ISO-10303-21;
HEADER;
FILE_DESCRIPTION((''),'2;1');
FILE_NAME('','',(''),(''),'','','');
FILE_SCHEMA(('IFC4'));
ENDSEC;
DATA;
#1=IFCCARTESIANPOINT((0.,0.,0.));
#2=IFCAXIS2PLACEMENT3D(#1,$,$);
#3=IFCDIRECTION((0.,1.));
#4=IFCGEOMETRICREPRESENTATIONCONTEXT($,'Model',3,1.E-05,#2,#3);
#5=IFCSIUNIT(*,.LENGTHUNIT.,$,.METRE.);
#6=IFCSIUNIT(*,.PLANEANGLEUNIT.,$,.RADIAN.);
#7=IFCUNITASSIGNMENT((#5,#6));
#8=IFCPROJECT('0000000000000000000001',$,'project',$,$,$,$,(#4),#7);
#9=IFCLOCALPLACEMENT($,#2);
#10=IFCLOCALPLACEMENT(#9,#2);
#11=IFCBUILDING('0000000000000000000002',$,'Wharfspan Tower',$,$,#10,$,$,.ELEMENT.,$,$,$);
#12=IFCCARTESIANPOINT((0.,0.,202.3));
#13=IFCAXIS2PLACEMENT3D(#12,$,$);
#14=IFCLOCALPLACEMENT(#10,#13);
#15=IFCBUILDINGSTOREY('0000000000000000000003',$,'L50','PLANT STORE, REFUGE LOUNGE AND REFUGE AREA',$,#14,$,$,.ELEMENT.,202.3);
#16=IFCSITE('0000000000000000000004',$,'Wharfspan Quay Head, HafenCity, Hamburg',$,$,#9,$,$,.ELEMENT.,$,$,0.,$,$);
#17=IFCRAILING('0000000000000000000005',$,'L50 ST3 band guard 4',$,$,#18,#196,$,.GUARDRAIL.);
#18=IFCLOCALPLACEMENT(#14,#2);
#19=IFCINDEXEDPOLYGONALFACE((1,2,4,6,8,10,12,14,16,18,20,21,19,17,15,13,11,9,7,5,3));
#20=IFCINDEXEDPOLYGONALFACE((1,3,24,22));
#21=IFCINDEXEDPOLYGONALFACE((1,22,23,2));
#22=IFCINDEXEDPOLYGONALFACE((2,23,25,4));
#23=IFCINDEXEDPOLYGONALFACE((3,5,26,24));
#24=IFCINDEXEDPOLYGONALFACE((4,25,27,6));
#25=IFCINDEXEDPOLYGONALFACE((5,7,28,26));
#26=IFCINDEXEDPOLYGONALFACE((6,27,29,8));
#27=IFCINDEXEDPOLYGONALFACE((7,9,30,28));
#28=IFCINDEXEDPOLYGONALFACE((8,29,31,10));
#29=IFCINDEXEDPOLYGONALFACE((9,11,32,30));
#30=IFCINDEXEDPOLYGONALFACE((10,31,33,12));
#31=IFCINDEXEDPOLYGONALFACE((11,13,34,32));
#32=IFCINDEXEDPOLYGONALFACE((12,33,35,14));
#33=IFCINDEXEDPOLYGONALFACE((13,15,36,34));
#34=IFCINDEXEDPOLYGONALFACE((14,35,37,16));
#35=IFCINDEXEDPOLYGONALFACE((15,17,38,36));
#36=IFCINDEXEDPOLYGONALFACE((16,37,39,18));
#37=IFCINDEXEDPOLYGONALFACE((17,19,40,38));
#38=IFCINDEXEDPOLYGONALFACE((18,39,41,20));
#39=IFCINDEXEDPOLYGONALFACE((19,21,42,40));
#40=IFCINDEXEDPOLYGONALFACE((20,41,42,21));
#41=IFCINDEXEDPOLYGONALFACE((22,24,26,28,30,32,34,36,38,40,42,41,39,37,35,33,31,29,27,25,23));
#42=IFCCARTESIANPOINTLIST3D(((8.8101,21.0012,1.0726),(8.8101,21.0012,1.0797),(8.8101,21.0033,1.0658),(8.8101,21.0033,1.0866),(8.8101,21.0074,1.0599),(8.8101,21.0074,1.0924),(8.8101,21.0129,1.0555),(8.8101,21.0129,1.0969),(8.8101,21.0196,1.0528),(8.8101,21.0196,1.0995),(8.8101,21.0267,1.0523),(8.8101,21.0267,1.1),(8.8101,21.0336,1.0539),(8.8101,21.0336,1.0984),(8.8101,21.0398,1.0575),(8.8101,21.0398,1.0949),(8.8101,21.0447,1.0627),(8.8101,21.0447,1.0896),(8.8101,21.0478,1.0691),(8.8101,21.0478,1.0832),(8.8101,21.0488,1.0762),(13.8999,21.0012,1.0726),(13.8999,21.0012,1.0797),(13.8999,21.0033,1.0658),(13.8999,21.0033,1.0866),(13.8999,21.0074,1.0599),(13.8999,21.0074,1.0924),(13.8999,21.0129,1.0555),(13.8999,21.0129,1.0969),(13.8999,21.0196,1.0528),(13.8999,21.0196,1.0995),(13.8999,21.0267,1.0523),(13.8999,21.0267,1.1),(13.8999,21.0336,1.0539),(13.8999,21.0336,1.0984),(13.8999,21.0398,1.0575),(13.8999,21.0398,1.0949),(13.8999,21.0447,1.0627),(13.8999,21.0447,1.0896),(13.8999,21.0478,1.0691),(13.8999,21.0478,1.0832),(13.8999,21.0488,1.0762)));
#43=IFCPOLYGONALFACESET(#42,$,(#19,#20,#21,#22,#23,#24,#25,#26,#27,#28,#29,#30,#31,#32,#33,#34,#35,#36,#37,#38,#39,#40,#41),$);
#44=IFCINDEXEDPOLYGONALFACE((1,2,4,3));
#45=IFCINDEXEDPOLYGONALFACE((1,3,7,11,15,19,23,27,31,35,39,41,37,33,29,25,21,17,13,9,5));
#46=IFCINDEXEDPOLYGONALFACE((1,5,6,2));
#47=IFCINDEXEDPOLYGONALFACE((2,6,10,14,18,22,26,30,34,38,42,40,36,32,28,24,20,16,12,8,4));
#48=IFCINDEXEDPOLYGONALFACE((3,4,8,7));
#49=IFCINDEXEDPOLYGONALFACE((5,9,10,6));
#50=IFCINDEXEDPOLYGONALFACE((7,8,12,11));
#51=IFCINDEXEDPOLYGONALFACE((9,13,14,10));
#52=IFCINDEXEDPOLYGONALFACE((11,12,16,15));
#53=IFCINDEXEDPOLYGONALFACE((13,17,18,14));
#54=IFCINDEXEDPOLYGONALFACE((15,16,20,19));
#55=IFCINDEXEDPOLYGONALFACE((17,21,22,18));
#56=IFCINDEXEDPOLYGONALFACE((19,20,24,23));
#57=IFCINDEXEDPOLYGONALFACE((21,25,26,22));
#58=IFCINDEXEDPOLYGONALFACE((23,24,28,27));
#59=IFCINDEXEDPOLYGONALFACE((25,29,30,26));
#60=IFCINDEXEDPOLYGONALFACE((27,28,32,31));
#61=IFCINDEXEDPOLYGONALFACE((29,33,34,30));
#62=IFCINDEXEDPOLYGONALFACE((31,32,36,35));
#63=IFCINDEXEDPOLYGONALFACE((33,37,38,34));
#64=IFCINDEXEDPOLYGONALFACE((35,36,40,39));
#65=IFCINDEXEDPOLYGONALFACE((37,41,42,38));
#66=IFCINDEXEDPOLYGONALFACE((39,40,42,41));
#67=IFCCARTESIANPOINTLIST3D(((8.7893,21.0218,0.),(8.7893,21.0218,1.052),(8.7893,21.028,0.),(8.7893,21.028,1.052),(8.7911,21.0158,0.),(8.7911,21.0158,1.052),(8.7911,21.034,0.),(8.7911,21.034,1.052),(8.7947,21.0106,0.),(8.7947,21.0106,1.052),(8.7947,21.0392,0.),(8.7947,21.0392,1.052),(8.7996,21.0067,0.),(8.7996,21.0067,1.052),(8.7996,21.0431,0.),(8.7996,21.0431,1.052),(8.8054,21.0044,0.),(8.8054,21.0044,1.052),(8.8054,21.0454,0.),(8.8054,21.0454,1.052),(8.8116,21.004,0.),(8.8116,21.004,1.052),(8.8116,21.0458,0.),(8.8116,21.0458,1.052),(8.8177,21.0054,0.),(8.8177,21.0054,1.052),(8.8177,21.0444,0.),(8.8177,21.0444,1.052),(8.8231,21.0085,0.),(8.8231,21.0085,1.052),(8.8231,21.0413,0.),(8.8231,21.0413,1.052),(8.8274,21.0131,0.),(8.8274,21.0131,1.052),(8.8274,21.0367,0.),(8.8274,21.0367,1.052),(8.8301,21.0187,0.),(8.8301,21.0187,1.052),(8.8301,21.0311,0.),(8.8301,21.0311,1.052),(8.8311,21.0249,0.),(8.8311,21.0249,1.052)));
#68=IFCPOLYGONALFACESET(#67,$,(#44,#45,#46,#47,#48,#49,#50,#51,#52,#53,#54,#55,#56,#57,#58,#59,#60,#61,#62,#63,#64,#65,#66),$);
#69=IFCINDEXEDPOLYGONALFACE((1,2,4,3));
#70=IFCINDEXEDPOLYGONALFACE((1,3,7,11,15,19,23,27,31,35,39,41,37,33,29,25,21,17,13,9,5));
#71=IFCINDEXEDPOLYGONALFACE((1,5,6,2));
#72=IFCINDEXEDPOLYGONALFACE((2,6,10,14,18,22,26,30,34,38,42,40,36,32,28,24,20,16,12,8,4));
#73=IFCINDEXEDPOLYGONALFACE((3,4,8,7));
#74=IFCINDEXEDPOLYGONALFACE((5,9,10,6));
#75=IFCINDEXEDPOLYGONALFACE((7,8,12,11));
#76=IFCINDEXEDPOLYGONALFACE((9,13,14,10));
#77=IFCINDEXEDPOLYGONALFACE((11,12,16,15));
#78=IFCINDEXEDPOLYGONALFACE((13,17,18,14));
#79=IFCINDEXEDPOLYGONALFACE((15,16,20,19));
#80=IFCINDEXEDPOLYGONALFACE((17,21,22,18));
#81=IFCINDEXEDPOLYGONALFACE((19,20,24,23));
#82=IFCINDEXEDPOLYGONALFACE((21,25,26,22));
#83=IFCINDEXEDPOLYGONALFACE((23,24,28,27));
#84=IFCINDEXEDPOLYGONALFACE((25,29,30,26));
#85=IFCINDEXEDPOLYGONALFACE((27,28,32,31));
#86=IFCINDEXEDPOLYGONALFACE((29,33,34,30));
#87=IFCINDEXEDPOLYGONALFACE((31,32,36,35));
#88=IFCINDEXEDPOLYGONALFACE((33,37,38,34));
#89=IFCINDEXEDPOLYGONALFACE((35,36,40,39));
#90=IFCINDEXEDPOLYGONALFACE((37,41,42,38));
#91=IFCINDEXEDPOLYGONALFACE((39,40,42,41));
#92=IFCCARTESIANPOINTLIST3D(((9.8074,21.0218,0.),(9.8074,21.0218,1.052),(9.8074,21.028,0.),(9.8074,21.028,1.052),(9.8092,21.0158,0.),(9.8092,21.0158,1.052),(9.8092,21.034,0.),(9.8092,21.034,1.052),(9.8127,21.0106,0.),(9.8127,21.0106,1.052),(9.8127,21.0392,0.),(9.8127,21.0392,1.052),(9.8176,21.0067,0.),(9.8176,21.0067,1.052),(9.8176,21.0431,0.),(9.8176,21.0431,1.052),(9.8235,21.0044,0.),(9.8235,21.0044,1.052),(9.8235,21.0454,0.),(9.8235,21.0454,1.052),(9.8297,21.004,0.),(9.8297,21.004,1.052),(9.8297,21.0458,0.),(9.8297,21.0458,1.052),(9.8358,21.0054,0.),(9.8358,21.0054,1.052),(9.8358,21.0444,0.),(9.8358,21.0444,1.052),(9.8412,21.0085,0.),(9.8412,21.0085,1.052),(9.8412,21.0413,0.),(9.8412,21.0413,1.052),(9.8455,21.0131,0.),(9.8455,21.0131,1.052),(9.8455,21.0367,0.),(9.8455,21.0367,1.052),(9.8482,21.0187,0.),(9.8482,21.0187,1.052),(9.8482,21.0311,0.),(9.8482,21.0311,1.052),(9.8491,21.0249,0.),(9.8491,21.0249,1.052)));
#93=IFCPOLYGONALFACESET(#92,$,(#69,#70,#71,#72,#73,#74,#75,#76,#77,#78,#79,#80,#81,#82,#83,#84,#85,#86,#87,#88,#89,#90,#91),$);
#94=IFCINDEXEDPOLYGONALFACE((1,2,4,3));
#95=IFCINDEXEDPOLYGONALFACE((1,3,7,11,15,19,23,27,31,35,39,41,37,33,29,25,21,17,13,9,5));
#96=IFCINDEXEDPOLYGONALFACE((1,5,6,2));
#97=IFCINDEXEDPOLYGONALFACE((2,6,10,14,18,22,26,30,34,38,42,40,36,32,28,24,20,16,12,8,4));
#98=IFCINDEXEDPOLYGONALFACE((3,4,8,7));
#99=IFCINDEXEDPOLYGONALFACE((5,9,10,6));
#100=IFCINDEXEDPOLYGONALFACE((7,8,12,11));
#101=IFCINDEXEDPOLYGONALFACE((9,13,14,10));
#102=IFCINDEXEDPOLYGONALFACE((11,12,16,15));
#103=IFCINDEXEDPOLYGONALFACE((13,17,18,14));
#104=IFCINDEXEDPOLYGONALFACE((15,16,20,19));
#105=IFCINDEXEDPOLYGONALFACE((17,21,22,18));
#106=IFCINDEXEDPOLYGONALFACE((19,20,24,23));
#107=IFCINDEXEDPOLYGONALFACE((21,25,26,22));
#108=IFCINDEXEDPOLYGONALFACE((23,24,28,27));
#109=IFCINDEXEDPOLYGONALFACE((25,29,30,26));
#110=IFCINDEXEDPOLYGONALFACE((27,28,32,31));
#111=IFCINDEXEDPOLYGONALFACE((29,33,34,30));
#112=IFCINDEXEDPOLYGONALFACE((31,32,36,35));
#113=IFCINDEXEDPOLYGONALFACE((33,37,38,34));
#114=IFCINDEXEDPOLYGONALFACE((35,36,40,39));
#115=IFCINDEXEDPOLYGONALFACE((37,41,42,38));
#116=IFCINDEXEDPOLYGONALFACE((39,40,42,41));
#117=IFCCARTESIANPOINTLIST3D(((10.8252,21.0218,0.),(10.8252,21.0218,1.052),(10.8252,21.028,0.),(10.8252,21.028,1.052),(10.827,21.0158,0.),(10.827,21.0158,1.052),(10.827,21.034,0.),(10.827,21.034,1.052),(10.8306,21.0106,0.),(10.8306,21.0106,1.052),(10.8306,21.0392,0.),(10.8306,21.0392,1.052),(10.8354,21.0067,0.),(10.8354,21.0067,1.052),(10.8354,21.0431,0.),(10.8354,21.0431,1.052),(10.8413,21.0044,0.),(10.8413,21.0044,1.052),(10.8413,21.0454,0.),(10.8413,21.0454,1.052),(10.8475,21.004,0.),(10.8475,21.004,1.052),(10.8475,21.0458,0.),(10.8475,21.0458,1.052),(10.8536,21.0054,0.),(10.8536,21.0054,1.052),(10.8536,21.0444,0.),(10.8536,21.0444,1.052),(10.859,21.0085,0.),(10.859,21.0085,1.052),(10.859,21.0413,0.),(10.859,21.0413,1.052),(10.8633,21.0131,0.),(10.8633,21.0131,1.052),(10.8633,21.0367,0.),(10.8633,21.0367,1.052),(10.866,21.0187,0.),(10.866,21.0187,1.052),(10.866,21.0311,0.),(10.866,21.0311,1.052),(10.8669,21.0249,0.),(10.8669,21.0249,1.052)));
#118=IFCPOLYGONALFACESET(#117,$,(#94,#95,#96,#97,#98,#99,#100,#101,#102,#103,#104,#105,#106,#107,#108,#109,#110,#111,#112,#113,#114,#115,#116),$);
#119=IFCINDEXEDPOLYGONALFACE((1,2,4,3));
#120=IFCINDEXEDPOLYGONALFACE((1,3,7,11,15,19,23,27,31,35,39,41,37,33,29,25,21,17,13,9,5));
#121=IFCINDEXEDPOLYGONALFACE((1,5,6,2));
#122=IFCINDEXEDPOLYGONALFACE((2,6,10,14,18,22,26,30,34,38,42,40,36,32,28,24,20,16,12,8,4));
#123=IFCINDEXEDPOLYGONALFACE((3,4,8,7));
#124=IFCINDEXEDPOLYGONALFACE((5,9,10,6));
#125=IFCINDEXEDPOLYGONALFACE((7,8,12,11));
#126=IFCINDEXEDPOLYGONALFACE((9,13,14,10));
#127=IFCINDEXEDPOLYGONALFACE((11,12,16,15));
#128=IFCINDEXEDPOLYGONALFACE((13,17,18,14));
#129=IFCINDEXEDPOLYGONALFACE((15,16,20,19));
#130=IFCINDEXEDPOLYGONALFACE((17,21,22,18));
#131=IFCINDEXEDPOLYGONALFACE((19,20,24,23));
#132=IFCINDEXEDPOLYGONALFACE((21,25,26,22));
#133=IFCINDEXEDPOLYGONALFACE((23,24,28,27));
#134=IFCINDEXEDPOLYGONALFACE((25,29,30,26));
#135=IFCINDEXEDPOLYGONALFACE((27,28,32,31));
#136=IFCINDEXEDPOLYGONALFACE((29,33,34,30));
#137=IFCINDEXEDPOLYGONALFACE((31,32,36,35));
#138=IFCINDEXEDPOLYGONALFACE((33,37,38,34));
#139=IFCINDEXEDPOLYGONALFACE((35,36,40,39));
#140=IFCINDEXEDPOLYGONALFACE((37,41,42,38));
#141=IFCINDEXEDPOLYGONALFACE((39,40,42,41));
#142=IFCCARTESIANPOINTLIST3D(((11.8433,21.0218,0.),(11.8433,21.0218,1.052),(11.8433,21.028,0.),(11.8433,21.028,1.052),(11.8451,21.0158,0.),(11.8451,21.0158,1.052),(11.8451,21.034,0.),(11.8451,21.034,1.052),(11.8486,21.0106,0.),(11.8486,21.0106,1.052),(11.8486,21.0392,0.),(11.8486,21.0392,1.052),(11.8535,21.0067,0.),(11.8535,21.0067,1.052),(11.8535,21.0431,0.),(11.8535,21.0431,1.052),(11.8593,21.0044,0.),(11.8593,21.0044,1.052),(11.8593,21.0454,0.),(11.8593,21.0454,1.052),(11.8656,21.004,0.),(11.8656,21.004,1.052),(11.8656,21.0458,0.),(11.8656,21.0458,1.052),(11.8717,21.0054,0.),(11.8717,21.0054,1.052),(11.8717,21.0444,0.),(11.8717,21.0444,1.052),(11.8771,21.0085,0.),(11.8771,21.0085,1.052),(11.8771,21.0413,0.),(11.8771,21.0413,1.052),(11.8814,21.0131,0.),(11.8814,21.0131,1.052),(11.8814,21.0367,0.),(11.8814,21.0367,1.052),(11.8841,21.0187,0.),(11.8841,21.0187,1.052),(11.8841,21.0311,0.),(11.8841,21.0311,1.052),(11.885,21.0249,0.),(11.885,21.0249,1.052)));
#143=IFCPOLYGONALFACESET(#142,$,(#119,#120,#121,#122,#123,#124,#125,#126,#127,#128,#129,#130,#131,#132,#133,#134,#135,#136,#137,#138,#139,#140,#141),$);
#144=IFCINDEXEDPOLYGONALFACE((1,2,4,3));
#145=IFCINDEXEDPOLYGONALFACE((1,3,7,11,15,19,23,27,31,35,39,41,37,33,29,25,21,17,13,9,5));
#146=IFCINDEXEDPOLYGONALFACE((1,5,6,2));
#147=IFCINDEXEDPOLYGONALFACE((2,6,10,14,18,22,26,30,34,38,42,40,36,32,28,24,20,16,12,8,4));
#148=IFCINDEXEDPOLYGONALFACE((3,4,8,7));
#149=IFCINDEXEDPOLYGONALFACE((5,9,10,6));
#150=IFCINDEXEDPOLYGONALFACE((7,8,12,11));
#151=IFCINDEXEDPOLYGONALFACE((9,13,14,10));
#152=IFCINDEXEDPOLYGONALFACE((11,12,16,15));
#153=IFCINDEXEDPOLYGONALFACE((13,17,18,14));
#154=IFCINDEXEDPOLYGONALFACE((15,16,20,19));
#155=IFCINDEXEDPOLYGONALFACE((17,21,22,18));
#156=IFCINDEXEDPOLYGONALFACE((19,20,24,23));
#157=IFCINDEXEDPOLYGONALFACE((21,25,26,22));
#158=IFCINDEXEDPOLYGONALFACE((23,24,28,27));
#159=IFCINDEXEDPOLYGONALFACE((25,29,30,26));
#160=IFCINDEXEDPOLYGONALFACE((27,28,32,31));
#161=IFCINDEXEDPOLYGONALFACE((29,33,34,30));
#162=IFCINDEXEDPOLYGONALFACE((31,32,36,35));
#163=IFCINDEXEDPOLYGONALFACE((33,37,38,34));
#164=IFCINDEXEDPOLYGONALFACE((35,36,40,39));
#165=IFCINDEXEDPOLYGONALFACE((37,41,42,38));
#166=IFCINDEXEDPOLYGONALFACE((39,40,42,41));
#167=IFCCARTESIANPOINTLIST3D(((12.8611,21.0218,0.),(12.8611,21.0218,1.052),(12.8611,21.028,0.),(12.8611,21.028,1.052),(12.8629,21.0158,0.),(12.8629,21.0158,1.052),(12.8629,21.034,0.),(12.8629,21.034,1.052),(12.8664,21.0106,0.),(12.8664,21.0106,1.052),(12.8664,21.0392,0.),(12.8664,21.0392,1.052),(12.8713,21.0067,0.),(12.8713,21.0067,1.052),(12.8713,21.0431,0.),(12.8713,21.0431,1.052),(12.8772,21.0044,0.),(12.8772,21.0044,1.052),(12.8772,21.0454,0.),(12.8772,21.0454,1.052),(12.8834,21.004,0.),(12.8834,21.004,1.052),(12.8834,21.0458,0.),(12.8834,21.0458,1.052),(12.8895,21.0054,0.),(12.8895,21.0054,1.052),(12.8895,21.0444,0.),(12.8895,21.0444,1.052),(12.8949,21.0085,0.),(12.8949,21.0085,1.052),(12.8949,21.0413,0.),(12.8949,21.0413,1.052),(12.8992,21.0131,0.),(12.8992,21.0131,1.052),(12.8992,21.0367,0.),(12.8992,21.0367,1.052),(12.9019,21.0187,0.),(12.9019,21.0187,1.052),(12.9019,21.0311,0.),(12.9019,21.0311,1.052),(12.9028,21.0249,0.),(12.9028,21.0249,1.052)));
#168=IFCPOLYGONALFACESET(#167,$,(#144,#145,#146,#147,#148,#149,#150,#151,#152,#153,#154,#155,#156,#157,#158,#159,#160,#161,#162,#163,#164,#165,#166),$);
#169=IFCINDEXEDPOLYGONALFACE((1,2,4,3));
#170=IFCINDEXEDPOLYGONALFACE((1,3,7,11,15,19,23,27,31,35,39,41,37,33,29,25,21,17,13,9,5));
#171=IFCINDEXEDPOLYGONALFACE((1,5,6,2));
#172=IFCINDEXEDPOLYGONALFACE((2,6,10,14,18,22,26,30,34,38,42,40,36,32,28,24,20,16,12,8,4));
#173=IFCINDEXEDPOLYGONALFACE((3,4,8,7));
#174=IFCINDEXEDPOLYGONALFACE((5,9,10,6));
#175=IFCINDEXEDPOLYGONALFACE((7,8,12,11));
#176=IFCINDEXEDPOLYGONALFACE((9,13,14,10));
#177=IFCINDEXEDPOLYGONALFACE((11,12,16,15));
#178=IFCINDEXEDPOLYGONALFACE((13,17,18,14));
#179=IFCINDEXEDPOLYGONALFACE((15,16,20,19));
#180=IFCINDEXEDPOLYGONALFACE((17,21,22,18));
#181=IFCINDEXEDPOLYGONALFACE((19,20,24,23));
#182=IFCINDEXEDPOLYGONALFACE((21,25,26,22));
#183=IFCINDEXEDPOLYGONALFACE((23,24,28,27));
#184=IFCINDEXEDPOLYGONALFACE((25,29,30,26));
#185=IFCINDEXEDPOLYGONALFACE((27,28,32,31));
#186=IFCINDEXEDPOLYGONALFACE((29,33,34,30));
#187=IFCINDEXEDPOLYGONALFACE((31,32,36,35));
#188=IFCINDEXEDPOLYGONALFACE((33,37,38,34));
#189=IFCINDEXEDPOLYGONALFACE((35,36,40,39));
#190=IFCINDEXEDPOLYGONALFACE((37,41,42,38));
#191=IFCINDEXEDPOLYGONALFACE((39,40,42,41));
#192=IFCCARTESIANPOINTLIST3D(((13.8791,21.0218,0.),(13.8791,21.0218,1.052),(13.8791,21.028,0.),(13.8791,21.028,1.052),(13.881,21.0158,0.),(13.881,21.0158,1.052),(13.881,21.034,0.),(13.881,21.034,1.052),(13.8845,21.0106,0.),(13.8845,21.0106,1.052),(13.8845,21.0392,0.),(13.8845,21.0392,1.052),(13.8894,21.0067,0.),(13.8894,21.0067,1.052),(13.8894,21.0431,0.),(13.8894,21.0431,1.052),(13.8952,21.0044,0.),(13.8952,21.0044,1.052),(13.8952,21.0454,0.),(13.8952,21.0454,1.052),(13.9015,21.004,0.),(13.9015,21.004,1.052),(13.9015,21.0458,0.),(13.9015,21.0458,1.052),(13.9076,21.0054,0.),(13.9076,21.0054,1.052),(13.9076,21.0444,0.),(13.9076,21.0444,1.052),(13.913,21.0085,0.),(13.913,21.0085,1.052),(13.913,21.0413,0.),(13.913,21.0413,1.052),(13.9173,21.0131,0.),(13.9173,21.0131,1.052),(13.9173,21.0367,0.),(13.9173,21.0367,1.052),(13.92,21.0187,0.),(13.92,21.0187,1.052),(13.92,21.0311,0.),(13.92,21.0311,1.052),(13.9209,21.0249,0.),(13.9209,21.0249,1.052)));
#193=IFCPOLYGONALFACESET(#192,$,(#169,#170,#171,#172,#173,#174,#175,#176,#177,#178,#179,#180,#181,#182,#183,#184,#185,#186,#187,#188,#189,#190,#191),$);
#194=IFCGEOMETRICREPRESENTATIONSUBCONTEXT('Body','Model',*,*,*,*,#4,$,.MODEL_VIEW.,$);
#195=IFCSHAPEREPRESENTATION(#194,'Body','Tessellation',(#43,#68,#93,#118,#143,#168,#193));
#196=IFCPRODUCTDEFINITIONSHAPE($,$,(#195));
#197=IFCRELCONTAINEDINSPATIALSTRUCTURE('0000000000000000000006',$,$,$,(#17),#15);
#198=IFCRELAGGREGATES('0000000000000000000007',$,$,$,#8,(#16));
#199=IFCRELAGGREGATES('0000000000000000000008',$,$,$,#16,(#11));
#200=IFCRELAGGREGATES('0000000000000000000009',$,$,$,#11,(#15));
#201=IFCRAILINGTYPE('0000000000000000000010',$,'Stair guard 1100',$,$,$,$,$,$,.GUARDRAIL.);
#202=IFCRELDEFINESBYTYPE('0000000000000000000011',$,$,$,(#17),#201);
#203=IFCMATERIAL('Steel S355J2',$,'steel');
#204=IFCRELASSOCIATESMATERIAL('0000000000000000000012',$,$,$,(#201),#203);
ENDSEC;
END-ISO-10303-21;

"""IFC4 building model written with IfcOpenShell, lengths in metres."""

from ifc_helpers import new_model, si_unit, direction, frame, origin, origin_2d, place, context, subcontext, project, spatial, circle, extrude, material, type_object, element, save


model = new_model("IFC4")

# Units and contexts
model_context = context("Model", 3, precision=1e-05, world=origin(), true_north=direction((0.0, 1.0)))
body_context = subcontext(model_context, "Body", "Model", "MODEL_VIEW")
ifc_project = project(units=[si_unit("LENGTHUNIT", "METRE"), si_unit("PLANEANGLEUNIT", "RADIAN")], contexts=[model_context])

# Site, building, storey
site_placement = place(None, origin())
site = spatial("IfcSite", under=ifc_project, at=site_placement, Name="Wharfspan Quay Head, HafenCity, Hamburg", CompositionType="ELEMENT", RefElevation=0.0)
building_placement = place(site_placement, origin())
building = spatial("IfcBuilding", under=site, at=building_placement, Name="Wharfspan Tower", CompositionType="ELEMENT")
storey_placement = place(building_placement, frame((0.0, 0.0, 202.3)))
storey = spatial("IfcBuildingStorey", under=building, at=storey_placement, Name="L50", Description="PLANT STORE, REFUGE LOUNGE AND REFUGE AREA", CompositionType="ELEMENT", Elevation=202.3)

# Shared definitions
ifc_material_1 = material(Name="Steel S355J2", Category="steel")

# Railing
railing_type = type_object("IfcRailingType", Name="Stair guard 1100", PredefinedType="GUARDRAIL", material=ifc_material_1)
railing_1_placement = place(storey_placement, frame((8.8101, 21.0249, 0.0)))
element("IfcRailing", 1, at=railing_1_placement, inside=storey, type_object=railing_type, Name="L50 ST3 band guard 4", PredefinedType="GUARDRAIL", context=body_context, shape_type="SweptSolid", body=[
    extrude(circle(Radius=0.0239, at=origin_2d()), frame((0.0, 0.0, 1.0762), z_axis=(1.0, 0.0, 0.0), x_axis=(0.0, 1.0, 0.0)), (0.0, 0.0, 1.0), 5.0898),
    extrude(circle(Radius=0.021, at=origin_2d()), origin(), (0.0, 0.0, 1.0), 1.052),
    extrude(circle(Radius=0.021, at=origin_2d()), frame((1.0181, 0.0, 0.0)), (0.0, 0.0, 1.0), 1.052),
    extrude(circle(Radius=0.021, at=origin_2d()), frame((2.0359, 0.0, 0.0)), (0.0, 0.0, 1.0), 1.052),
    extrude(circle(Radius=0.021, at=origin_2d()), frame((3.054, 0.0, 0.0)), (0.0, 0.0, 1.0), 1.052),
    extrude(circle(Radius=0.021, at=origin_2d()), frame((4.0718, 0.0, 0.0)), (0.0, 0.0, 1.0), 1.052),
    extrude(circle(Radius=0.021, at=origin_2d()), frame((5.0898, 0.0, 0.0)), (0.0, 0.0, 1.0), 1.052),
])

save(model, "model.ifc")
